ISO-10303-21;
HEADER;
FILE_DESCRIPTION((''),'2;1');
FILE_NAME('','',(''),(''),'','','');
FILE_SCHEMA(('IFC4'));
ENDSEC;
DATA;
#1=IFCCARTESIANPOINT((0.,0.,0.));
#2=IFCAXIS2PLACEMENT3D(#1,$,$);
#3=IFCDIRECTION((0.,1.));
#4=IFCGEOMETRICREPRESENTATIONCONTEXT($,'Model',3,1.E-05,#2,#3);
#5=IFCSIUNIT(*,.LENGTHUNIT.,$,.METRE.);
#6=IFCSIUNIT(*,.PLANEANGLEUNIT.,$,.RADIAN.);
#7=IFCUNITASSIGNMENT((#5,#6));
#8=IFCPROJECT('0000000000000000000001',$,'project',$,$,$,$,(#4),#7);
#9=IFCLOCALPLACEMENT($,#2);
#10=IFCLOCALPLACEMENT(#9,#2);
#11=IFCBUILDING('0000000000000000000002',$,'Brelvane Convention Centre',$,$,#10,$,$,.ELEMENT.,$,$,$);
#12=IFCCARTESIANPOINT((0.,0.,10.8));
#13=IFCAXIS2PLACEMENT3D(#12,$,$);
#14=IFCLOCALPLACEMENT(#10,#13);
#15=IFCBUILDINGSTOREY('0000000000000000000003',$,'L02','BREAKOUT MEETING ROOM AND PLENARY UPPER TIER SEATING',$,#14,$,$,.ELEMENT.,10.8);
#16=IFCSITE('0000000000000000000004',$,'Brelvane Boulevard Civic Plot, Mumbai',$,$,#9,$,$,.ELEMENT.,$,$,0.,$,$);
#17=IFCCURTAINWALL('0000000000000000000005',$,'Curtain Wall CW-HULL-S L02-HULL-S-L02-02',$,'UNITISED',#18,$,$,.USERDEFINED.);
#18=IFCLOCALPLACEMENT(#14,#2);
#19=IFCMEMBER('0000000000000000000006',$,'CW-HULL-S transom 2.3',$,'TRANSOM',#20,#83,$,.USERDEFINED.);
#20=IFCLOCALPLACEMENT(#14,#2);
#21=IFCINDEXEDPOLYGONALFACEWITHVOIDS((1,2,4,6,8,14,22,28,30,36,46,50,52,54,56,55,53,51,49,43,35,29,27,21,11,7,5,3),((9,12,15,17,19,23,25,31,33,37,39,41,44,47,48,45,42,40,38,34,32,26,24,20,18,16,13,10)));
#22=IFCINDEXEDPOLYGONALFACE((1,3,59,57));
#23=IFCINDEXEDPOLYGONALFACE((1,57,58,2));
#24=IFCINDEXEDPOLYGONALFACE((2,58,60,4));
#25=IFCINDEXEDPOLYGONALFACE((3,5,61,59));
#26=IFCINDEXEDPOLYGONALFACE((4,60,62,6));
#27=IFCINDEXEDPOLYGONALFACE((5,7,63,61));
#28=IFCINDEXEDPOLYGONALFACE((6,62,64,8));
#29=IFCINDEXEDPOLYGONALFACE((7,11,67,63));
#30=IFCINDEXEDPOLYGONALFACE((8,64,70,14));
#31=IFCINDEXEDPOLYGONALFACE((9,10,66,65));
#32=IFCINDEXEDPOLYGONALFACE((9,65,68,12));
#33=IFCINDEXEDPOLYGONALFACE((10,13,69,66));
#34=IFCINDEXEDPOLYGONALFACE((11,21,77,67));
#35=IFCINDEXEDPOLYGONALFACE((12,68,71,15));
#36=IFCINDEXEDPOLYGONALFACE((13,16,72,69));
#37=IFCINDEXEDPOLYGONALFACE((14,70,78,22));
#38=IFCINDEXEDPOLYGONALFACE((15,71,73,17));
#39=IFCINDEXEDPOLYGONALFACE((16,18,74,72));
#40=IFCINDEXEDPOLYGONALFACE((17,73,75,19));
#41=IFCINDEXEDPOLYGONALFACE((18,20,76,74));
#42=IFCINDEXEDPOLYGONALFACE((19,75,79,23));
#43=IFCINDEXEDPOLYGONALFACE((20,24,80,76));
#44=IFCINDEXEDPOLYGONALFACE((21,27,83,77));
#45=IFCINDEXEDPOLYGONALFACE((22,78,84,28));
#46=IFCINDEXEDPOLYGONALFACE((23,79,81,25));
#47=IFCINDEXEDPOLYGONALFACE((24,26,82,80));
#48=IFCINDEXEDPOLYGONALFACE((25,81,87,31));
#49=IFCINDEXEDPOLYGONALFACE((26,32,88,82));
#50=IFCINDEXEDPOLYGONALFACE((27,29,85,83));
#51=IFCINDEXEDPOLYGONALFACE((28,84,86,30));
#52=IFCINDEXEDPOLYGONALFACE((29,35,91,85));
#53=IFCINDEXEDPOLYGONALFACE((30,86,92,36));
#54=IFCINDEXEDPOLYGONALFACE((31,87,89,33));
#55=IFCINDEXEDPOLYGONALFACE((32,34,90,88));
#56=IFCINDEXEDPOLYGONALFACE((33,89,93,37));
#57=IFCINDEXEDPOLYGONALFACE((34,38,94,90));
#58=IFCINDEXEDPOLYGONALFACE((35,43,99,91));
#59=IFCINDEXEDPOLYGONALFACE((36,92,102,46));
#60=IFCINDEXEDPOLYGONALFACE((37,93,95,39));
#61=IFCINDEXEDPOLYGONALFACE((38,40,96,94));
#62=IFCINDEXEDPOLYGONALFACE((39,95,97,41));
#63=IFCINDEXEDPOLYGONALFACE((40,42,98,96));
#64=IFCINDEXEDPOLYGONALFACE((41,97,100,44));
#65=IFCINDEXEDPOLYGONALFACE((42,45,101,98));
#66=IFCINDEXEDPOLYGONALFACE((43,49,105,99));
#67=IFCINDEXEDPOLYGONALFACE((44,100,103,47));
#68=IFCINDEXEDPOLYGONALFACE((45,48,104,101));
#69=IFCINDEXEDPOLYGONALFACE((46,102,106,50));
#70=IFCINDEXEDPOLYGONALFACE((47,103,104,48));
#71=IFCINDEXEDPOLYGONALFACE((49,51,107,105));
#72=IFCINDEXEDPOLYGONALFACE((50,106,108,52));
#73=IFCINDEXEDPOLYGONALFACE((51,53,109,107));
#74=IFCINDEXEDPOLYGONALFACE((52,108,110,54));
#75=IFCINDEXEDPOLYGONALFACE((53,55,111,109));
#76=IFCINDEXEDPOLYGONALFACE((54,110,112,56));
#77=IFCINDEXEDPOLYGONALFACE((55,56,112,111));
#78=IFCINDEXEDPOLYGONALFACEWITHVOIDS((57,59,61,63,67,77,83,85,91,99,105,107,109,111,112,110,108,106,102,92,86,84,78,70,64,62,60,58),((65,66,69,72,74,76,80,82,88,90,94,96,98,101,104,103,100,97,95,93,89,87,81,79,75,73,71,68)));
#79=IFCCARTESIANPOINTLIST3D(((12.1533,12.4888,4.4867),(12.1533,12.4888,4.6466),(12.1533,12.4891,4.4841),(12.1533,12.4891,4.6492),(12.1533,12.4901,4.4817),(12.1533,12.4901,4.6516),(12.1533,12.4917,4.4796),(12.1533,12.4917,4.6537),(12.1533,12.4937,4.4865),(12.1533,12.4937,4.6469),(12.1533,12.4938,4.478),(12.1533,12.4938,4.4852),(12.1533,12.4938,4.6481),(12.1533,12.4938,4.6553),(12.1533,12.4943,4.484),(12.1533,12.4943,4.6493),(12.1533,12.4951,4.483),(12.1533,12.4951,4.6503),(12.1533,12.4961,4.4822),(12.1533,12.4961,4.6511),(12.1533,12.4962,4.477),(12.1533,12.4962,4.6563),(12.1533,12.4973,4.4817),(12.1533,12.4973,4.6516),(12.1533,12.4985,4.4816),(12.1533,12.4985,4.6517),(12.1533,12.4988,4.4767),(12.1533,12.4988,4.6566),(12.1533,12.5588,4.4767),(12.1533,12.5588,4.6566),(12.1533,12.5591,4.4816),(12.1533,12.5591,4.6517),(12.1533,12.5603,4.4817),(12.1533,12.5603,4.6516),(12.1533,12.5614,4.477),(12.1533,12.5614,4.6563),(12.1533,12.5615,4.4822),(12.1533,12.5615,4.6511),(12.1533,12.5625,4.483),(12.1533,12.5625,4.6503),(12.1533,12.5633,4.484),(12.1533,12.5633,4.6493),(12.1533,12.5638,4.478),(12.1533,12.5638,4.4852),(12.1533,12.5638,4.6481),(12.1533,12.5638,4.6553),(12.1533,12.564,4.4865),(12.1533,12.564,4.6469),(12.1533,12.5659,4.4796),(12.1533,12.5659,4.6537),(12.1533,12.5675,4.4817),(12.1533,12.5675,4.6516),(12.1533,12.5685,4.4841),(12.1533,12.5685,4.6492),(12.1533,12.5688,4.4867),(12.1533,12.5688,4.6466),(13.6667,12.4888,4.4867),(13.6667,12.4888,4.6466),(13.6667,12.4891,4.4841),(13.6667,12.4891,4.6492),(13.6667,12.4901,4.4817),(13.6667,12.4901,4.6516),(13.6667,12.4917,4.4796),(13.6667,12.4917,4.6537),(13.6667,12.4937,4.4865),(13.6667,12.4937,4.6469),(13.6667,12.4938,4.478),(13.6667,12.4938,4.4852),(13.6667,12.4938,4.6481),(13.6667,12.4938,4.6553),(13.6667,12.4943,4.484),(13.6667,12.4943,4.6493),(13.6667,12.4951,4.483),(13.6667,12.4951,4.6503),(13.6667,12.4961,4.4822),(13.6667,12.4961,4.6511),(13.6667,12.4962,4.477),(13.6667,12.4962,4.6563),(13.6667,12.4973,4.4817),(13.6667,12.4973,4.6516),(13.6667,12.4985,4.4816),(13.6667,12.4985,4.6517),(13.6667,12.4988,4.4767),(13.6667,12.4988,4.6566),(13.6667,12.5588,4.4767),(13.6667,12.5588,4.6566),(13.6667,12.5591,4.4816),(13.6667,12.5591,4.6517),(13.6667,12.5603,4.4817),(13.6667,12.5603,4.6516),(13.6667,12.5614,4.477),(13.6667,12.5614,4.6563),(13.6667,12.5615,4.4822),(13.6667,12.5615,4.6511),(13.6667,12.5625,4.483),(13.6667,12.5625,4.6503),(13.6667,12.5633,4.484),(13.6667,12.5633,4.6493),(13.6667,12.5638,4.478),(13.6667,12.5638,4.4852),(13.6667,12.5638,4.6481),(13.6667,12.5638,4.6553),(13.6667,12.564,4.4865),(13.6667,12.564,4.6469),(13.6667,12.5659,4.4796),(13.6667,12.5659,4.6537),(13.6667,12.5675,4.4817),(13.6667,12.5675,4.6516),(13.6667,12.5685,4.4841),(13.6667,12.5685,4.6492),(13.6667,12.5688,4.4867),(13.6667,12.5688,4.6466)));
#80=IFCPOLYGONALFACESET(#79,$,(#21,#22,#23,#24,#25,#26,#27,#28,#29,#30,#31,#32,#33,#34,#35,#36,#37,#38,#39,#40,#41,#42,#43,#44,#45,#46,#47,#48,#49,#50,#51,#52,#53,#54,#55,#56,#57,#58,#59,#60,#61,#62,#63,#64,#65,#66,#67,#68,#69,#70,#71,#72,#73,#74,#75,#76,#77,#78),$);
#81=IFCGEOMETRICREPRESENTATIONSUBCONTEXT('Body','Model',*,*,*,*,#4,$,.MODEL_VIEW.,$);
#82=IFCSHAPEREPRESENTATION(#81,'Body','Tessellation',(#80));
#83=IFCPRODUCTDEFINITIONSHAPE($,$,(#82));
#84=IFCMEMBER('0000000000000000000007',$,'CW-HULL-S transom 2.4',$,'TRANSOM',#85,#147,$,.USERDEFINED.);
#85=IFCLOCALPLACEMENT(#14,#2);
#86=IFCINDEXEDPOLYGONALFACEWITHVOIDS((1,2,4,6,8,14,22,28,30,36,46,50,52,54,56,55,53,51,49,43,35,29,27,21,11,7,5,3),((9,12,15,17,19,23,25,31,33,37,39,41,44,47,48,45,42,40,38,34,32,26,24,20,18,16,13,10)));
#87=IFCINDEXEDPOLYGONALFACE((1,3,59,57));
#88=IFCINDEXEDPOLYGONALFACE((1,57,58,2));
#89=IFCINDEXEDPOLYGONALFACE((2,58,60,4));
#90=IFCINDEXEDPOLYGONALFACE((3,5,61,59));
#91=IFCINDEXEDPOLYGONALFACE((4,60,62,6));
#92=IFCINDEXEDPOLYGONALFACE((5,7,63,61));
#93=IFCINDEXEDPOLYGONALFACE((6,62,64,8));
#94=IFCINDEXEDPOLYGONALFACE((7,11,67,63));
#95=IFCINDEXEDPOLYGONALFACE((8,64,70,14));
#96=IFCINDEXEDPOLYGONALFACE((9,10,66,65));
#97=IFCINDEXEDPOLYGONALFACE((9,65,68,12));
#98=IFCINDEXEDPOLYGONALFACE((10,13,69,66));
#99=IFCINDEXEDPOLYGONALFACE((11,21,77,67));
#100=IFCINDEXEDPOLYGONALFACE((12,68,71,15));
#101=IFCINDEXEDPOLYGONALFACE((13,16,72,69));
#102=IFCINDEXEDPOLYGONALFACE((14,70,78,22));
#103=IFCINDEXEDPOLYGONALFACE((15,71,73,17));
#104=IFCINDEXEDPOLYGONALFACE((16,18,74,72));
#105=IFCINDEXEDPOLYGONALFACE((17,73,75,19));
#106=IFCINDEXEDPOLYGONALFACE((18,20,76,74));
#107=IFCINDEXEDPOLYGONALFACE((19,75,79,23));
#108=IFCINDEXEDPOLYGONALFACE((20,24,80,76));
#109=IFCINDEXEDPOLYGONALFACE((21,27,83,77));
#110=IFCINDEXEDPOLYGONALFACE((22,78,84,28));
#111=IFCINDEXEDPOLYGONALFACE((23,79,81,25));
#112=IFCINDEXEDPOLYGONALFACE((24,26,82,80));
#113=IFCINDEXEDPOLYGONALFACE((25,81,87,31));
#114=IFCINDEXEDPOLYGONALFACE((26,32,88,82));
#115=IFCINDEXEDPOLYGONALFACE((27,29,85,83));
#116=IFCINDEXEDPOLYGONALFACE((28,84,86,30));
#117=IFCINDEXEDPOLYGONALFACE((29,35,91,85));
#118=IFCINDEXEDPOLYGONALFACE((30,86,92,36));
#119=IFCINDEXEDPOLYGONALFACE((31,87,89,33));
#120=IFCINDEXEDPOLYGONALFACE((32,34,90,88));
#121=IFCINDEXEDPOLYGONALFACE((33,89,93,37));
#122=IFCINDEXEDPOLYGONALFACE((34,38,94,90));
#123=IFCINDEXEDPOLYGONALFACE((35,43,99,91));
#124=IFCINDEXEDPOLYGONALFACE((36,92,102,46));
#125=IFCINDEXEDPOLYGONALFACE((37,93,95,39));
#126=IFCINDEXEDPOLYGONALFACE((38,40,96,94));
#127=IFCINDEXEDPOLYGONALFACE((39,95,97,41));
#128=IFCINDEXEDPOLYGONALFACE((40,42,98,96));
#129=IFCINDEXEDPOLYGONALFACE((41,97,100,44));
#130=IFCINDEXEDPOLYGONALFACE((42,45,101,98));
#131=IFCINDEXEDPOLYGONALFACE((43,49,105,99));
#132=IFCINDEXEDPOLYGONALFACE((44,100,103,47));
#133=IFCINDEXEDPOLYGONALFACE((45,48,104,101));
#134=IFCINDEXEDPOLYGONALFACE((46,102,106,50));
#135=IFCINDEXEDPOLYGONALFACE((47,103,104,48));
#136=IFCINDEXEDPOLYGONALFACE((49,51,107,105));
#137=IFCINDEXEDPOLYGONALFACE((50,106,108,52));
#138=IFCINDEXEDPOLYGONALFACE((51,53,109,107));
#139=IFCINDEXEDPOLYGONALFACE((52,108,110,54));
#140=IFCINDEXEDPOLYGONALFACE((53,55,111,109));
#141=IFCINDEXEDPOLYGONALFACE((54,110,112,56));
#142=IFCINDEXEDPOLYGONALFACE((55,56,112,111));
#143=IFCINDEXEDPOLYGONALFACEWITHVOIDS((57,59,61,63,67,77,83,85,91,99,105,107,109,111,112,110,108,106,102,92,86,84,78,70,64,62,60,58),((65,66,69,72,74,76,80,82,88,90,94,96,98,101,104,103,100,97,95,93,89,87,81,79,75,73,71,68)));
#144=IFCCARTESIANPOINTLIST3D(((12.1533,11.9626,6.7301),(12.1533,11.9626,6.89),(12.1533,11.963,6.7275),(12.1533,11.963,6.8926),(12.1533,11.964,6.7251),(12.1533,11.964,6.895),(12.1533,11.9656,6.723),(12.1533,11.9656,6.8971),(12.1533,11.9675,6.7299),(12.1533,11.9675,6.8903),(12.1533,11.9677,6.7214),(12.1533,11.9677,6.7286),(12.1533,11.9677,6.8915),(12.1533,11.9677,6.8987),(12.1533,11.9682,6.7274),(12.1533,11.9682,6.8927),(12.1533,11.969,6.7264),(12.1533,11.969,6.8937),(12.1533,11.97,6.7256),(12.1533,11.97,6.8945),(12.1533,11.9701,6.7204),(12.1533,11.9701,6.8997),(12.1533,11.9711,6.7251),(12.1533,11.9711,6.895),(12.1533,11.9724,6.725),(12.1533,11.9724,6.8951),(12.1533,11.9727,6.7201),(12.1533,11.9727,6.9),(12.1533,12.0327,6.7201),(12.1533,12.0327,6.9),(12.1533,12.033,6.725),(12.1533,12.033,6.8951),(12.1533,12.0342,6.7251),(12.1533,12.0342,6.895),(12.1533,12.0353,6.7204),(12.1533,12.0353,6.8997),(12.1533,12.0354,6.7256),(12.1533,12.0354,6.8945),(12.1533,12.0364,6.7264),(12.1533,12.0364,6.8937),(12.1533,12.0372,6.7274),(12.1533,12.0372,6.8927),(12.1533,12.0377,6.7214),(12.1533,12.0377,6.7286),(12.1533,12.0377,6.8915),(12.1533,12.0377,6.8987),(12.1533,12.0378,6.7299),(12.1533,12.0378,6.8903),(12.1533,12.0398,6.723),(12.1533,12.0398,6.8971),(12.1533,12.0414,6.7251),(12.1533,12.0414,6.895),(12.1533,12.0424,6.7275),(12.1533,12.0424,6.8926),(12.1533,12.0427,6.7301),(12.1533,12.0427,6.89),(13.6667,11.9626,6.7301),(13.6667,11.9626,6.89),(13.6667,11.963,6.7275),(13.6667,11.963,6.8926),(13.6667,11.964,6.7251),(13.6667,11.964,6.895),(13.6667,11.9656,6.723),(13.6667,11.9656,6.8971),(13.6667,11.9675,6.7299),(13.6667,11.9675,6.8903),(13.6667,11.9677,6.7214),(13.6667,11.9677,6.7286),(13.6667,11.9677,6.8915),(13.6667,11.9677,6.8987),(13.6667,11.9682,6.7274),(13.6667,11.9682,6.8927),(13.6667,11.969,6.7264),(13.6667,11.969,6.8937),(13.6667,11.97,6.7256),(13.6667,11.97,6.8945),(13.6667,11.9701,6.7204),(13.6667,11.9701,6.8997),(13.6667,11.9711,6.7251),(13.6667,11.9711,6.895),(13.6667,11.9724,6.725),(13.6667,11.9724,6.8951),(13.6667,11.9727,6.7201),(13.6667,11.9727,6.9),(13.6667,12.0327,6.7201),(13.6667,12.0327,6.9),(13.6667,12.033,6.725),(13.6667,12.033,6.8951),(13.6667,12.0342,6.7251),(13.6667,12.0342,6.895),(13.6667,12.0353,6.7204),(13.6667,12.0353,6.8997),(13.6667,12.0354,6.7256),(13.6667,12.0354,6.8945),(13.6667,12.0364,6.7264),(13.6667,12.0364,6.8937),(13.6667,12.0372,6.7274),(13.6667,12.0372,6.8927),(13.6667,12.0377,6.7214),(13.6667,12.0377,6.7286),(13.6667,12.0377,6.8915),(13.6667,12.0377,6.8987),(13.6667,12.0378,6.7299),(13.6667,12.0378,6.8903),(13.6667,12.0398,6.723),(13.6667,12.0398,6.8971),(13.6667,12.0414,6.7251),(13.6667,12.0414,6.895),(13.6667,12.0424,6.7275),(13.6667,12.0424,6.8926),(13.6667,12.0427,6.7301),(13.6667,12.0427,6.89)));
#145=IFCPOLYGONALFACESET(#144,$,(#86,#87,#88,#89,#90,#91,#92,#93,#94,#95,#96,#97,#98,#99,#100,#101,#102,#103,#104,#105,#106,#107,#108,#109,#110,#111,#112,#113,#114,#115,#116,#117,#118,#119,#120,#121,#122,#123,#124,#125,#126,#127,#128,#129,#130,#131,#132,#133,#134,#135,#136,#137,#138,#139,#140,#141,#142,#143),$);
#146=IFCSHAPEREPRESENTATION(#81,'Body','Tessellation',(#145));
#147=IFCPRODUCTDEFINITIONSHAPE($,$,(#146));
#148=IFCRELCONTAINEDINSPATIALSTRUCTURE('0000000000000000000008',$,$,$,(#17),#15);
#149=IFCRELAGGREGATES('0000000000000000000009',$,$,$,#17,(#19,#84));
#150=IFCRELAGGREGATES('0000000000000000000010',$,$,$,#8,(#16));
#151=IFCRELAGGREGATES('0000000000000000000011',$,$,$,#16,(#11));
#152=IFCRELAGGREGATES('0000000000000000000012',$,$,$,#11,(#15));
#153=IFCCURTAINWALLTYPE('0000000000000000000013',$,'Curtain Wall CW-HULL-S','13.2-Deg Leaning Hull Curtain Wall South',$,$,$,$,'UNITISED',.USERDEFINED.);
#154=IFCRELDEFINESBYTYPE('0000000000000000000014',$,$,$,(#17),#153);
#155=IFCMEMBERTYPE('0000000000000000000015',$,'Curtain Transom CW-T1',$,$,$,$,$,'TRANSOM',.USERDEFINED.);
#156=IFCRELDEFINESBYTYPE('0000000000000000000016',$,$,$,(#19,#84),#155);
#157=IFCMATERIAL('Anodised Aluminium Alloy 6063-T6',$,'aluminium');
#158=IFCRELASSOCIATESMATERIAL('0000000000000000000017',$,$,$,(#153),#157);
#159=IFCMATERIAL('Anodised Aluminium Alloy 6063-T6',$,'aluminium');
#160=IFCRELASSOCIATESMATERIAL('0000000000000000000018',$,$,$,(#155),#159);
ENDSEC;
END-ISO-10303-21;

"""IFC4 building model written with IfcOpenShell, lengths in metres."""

from ifc_helpers import new_model, si_unit, direction, frame, origin, origin_2d, place, context, subcontext, project, spatial, hollow_rectangle, extrude, material, material_profile, profile_set, type_object, element, aggregate, save


model = new_model("IFC4")

# Units and contexts
model_context = context("Model", 3, precision=1e-05, world=origin(), true_north=direction((0.0, 1.0)))
body_context = subcontext(model_context, "Body", "Model", "MODEL_VIEW")
ifc_project = project(units=[si_unit("LENGTHUNIT", "METRE"), si_unit("PLANEANGLEUNIT", "RADIAN")], contexts=[model_context])

# Site, building, storey
site_placement = place(None, origin())
site = spatial("IfcSite", under=ifc_project, at=site_placement, Name="Brelvane Boulevard Civic Plot, Mumbai", CompositionType="ELEMENT", RefElevation=0.0)
building_placement = place(site_placement, origin())
building = spatial("IfcBuilding", under=site, at=building_placement, Name="Brelvane Convention Centre", CompositionType="ELEMENT")
storey_placement = place(building_placement, frame((0.0, 0.0, 10.8)))
storey = spatial("IfcBuildingStorey", under=building, at=storey_placement, Name="L02", Description="BREAKOUT MEETING ROOM AND PLENARY UPPER TIER SEATING", CompositionType="ELEMENT", Elevation=10.8)

# Curtain wall, members
ifc_material_1 = material(Name="Anodised Aluminium Alloy 6063-T6", Category="aluminium")
curtain_wall_type = type_object("IfcCurtainWallType", Name="Curtain Wall CW-HULL-S", Description="13.2-Deg Leaning Hull Curtain Wall South", ElementType="UNITISED", PredefinedType="USERDEFINED", material=ifc_material_1)
ifc_material_2 = material(Name="Anodised Aluminium Alloy 6063-T6", Category="aluminium")
ifc_material_profile = material_profile(ifc_material_2, hollow_rectangle(XDim=0.0801, YDim=0.1799, WallThickness=0.0049, InnerFilletRadius=0.0049, OuterFilletRadius=0.01, at=origin_2d()), Name="ALU-T 180x80x5.0")
ifc_profile_set = profile_set([ifc_material_profile], Name="Anodised Aluminium Alloy 6063-T6")
member_type = type_object("IfcMemberType", Name="Curtain Transom CW-T1", ElementType="TRANSOM", PredefinedType="USERDEFINED", material=ifc_profile_set)
curtain_wall_1_placement = place(storey_placement, origin())
curtain_wall_1 = element("IfcCurtainWall", 1, at=curtain_wall_1_placement, inside=storey, type_object=curtain_wall_type, Name="Curtain Wall CW-HULL-S L02-HULL-S-L02-02", ObjectType="UNITISED", PredefinedType="USERDEFINED")
member_1_placement = place(storey_placement, frame((12.1533, 12.5288, 4.5667), z_axis=(1.0, 0.0, 0.0), x_axis=(0.0, 1.0, 0.0)))
member_1 = element("IfcMember", 2, at=member_1_placement, type_object=member_type, Name="CW-HULL-S transom 2.3", ObjectType="TRANSOM", PredefinedType="USERDEFINED", context=body_context, shape_type="SweptSolid", body=[
    extrude(hollow_rectangle(XDim=0.0801, YDim=0.1799, WallThickness=0.0049, InnerFilletRadius=0.0049, OuterFilletRadius=0.01, at=origin_2d()), origin(), (0.0, 0.0, 1.0), 1.5134),
])
member_2_placement = place(storey_placement, frame((12.1533, 12.0027, 6.8101), z_axis=(1.0, 0.0, 0.0), x_axis=(0.0, 1.0, 0.0)))
member_2 = element("IfcMember", 3, at=member_2_placement, type_object=member_type, Name="CW-HULL-S transom 2.4", ObjectType="TRANSOM", PredefinedType="USERDEFINED", context=body_context, shape_type="SweptSolid", body=[
    extrude(hollow_rectangle(XDim=0.0801, YDim=0.1799, WallThickness=0.0049, InnerFilletRadius=0.0049, OuterFilletRadius=0.01, at=origin_2d()), origin(), (0.0, 0.0, 1.0), 1.5134),
])

aggregate(curtain_wall_1, [member_1, member_2])

save(model, "model.ifc")
